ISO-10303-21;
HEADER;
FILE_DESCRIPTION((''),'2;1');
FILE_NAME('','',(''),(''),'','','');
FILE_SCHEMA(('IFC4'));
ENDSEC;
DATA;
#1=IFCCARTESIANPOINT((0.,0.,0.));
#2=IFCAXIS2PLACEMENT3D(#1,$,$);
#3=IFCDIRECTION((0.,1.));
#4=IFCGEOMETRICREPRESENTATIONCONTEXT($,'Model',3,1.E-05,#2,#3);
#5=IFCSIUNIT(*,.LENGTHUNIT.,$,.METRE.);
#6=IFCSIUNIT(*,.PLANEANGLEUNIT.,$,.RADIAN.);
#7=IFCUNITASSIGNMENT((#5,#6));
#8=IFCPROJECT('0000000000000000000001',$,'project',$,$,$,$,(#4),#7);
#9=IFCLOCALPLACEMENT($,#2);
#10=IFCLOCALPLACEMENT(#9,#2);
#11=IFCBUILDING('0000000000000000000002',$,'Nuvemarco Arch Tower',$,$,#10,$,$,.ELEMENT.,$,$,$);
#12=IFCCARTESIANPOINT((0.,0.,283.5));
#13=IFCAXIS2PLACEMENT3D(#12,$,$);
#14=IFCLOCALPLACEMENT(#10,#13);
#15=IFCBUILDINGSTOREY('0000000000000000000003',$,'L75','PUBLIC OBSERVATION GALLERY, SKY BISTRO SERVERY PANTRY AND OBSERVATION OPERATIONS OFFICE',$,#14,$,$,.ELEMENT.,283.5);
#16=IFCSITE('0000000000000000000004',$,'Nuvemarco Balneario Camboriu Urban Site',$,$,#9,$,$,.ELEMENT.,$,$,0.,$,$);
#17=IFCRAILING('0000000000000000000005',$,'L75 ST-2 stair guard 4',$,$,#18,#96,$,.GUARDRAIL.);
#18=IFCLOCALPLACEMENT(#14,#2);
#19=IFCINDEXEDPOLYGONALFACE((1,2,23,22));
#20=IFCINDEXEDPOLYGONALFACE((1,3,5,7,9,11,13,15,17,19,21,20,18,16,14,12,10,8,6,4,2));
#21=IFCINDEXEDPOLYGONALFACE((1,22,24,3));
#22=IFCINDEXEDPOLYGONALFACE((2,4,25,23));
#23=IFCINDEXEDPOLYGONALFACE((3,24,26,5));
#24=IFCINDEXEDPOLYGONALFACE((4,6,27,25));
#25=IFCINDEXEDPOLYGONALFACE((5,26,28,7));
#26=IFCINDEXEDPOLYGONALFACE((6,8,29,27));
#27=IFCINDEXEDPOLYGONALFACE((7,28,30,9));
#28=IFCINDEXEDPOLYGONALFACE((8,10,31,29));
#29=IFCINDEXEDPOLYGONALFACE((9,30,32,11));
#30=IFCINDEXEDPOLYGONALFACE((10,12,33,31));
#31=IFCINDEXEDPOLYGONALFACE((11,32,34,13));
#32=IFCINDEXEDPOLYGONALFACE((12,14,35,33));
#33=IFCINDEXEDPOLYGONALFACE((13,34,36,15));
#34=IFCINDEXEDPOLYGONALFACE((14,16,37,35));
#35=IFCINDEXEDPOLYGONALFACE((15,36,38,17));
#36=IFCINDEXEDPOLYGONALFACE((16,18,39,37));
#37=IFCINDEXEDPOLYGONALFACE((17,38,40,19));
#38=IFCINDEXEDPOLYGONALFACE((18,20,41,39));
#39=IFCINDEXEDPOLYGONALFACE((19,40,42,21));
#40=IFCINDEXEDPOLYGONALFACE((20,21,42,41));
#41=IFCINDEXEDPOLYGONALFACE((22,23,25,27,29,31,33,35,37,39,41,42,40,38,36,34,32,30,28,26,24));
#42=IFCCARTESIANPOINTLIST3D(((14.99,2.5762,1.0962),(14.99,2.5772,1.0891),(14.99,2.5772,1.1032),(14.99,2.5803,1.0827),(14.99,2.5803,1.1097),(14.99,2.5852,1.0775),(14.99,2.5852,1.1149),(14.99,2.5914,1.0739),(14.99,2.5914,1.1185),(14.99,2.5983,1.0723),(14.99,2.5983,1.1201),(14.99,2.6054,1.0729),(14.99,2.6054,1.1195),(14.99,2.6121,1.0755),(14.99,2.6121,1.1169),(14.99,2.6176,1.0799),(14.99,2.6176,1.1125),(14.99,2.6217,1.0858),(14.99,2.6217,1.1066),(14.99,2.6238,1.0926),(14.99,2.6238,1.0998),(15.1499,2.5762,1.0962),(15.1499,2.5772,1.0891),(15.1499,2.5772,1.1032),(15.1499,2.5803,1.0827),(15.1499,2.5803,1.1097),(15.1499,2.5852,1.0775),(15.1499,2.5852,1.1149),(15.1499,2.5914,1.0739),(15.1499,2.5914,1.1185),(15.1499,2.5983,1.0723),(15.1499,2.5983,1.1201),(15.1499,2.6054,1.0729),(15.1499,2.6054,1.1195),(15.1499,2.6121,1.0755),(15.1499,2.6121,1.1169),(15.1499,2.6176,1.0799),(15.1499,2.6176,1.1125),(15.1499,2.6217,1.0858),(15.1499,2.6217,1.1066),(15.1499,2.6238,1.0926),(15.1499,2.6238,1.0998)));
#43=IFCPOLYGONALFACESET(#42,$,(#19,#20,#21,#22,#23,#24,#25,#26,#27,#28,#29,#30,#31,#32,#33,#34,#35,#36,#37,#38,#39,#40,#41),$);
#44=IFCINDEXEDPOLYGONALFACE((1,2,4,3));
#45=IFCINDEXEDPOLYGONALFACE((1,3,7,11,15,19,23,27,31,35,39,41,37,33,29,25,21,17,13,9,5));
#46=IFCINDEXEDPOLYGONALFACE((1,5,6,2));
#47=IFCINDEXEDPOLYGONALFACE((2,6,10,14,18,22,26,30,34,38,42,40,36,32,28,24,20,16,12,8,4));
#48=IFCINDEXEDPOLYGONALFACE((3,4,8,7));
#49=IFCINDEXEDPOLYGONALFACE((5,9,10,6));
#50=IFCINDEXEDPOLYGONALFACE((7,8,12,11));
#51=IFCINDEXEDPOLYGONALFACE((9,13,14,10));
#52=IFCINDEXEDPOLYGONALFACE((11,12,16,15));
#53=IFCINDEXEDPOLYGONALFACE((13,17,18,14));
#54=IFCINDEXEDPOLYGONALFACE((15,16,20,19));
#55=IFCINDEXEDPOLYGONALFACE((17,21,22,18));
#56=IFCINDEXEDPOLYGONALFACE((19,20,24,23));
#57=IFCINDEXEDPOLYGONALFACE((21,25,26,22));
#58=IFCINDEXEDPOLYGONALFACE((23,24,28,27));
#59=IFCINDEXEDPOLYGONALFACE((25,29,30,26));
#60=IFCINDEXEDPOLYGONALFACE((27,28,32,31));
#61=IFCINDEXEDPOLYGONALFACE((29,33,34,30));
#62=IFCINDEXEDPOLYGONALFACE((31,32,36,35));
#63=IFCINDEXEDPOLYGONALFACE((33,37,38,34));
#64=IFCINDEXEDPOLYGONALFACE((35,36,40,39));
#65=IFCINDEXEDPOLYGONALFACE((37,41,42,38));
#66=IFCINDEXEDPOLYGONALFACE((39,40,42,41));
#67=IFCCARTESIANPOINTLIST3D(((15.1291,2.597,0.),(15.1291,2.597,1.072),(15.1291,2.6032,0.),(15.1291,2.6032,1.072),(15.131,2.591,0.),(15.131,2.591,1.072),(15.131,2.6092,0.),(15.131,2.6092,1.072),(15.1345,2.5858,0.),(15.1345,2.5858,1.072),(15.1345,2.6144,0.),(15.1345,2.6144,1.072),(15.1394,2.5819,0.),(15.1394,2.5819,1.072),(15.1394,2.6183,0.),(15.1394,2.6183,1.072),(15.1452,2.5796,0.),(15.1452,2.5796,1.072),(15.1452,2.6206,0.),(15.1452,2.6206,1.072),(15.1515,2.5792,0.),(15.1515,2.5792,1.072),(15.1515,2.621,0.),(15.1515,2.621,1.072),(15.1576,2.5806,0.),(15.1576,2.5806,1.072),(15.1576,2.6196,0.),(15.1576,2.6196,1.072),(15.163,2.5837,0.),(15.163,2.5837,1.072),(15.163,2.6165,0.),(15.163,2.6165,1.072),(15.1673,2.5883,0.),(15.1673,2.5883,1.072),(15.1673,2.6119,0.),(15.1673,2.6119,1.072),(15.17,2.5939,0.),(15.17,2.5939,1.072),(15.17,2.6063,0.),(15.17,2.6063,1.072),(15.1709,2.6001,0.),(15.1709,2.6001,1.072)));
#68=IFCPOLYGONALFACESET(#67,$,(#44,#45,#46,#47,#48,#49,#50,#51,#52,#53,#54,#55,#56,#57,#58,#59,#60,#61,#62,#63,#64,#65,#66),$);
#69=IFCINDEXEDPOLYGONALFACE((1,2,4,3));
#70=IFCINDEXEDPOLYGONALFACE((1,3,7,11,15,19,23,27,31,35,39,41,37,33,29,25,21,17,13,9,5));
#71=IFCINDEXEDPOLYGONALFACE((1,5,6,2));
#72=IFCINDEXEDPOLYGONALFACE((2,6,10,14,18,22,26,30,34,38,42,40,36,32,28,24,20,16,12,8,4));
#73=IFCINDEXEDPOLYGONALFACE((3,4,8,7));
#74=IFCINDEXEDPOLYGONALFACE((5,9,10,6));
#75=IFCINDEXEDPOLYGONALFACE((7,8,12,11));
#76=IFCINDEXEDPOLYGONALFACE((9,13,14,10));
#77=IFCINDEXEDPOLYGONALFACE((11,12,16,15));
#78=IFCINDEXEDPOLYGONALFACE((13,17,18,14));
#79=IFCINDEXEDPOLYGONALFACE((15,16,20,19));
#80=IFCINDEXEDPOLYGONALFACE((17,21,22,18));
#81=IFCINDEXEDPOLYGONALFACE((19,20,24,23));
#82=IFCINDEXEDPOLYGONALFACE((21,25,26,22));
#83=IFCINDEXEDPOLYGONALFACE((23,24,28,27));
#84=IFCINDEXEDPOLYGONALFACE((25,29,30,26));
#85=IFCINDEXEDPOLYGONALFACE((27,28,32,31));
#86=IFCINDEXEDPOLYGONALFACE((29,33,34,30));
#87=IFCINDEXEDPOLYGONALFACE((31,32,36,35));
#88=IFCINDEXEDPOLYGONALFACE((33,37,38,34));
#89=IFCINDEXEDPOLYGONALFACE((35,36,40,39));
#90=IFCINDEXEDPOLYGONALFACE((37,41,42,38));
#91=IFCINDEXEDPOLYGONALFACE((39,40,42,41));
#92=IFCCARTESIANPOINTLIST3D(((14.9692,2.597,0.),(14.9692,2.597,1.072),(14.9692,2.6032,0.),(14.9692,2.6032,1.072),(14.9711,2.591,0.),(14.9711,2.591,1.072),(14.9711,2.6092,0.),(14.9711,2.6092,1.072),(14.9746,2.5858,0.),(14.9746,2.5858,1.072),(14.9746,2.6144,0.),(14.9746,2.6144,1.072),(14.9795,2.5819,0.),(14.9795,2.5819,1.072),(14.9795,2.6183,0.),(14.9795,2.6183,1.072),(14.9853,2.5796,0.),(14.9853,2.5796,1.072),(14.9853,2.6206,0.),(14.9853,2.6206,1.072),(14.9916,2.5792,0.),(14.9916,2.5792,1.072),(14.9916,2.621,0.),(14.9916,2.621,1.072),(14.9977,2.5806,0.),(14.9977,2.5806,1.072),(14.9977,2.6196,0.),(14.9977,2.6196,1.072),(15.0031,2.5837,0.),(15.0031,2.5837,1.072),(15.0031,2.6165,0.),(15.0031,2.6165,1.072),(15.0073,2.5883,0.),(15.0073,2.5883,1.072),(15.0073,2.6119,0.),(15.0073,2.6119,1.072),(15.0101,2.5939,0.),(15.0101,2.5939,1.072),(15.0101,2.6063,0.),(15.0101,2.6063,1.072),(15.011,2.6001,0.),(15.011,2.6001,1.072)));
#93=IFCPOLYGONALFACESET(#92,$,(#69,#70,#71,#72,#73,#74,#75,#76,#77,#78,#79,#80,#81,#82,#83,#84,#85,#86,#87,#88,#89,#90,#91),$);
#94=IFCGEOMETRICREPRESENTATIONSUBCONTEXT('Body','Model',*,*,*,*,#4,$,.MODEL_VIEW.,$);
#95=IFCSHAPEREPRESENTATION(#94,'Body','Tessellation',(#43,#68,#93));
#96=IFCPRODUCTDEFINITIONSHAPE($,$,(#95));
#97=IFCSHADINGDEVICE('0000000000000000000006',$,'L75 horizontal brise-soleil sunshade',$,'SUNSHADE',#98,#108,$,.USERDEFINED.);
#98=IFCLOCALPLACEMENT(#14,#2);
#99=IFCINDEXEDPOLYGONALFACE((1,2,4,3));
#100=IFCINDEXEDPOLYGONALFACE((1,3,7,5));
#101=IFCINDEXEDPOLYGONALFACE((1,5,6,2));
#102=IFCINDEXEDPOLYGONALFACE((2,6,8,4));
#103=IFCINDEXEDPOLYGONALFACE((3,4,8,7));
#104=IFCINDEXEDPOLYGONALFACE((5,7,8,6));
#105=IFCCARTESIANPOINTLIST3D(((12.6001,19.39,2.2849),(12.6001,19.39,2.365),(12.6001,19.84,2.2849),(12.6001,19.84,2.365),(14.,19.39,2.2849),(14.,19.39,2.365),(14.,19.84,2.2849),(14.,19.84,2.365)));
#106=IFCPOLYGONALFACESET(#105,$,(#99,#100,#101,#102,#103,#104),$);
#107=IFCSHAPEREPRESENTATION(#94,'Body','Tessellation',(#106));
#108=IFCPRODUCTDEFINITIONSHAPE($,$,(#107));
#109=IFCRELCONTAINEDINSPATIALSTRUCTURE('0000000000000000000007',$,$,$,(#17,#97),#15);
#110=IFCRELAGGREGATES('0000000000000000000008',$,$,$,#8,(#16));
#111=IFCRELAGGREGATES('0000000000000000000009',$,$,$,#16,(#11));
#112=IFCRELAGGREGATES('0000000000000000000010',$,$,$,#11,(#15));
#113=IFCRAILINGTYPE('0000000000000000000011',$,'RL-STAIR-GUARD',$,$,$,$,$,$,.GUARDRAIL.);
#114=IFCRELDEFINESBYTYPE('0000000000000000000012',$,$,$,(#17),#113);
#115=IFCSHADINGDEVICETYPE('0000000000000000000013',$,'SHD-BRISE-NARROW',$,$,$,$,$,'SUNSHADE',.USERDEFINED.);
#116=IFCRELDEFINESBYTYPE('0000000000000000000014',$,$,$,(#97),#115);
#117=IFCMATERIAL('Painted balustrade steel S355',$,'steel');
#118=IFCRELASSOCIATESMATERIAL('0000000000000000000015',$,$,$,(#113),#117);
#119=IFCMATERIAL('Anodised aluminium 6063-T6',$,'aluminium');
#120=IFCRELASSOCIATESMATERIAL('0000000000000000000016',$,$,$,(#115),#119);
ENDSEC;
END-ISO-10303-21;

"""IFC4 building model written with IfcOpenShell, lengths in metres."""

from ifc_helpers import new_model, si_unit, direction, frame, origin, origin_2d, place, context, subcontext, project, spatial, rectangle, circle, extrude, source, transform, mapped, material, type_object, type_shapes, element, save


model = new_model("IFC4")

# Units and contexts
model_context = context("Model", 3, precision=1e-05, world=origin(), true_north=direction((0.0, 1.0)))
body_context = subcontext(model_context, "Body", "Model", "MODEL_VIEW")
ifc_project = project(units=[si_unit("LENGTHUNIT", "METRE"), si_unit("PLANEANGLEUNIT", "RADIAN")], contexts=[model_context])

# Site, building, storey
site_placement = place(None, origin())
site = spatial("IfcSite", under=ifc_project, at=site_placement, Name="Nuvemarco Balneario Camboriu Urban Site", CompositionType="ELEMENT", RefElevation=0.0)
building_placement = place(site_placement, origin())
building = spatial("IfcBuilding", under=site, at=building_placement, Name="Nuvemarco Arch Tower", CompositionType="ELEMENT")
storey_placement = place(building_placement, frame((0.0, 0.0, 283.5)))
storey = spatial("IfcBuildingStorey", under=building, at=storey_placement, Name="L75", Description="PUBLIC OBSERVATION GALLERY, SKY BISTRO SERVERY PANTRY AND OBSERVATION OPERATIONS OFFICE", CompositionType="ELEMENT", Elevation=283.5)

# Railing
ifc_material_1 = material(Name="Painted balustrade steel S355", Category="steel")
railing_type_1 = type_object("IfcRailingType", Name="RL-STAIR-GUARD", PredefinedType="GUARDRAIL", material=ifc_material_1)
railing_1_placement = place(storey_placement, frame((15.1499, 2.6001, 0.0)))
element("IfcRailing", 1, at=railing_1_placement, inside=storey, type_object=railing_type_1, Name="L75 ST-2 stair guard 4", PredefinedType="GUARDRAIL", context=body_context, shape_type="SweptSolid", body=[
    extrude(circle(Radius=0.0239, at=origin_2d()), frame((0.0, 0.0, 1.0962), z_axis=(-1.0, 0.0, 0.0), x_axis=(0.0, -1.0, 0.0)), (0.0, 0.0, 1.0), 0.1599),
    extrude(circle(Radius=0.021, at=origin_2d()), origin(), (0.0, 0.0, 1.0), 1.072),
    extrude(circle(Radius=0.021, at=origin_2d()), frame((-0.1599, 0.0, 0.0)), (0.0, 0.0, 1.0), 1.072),
])

# Shading device
ifc_material_2 = material(Name="Anodised aluminium 6063-T6", Category="aluminium")
shading_device_type = type_object("IfcShadingDeviceType", Name="SHD-BRISE-NARROW", ElementType="SUNSHADE", PredefinedType="USERDEFINED", material=ifc_material_2)
shared_shape_1 = source(origin(), body_context, "Body", "SweptSolid", [
    extrude(rectangle(XDim=1.3999, YDim=0.45, at=origin_2d()), origin(), (0.0, 0.0, 1.0), 0.0801),
])
type_shapes(shading_device_type, [shared_shape_1])
shading_device_placement = place(storey_placement, frame((13.3, 19.615, 2.2849), z_axis=(0.0, 0.0, 1.0), x_axis=(1.0, 0.0, 0.0)))
element("IfcShadingDevice", 2, at=shading_device_placement, inside=storey, type_object=shading_device_type, Name="L75 horizontal brise-soleil sunshade", ObjectType="SUNSHADE", PredefinedType="USERDEFINED", context=body_context, shape_type="MappedRepresentation", body=[
    mapped(shared_shape_1, transform((0.0, 0.0, 0.0), scale=1.0)),
])

save(model, "model.ifc")
